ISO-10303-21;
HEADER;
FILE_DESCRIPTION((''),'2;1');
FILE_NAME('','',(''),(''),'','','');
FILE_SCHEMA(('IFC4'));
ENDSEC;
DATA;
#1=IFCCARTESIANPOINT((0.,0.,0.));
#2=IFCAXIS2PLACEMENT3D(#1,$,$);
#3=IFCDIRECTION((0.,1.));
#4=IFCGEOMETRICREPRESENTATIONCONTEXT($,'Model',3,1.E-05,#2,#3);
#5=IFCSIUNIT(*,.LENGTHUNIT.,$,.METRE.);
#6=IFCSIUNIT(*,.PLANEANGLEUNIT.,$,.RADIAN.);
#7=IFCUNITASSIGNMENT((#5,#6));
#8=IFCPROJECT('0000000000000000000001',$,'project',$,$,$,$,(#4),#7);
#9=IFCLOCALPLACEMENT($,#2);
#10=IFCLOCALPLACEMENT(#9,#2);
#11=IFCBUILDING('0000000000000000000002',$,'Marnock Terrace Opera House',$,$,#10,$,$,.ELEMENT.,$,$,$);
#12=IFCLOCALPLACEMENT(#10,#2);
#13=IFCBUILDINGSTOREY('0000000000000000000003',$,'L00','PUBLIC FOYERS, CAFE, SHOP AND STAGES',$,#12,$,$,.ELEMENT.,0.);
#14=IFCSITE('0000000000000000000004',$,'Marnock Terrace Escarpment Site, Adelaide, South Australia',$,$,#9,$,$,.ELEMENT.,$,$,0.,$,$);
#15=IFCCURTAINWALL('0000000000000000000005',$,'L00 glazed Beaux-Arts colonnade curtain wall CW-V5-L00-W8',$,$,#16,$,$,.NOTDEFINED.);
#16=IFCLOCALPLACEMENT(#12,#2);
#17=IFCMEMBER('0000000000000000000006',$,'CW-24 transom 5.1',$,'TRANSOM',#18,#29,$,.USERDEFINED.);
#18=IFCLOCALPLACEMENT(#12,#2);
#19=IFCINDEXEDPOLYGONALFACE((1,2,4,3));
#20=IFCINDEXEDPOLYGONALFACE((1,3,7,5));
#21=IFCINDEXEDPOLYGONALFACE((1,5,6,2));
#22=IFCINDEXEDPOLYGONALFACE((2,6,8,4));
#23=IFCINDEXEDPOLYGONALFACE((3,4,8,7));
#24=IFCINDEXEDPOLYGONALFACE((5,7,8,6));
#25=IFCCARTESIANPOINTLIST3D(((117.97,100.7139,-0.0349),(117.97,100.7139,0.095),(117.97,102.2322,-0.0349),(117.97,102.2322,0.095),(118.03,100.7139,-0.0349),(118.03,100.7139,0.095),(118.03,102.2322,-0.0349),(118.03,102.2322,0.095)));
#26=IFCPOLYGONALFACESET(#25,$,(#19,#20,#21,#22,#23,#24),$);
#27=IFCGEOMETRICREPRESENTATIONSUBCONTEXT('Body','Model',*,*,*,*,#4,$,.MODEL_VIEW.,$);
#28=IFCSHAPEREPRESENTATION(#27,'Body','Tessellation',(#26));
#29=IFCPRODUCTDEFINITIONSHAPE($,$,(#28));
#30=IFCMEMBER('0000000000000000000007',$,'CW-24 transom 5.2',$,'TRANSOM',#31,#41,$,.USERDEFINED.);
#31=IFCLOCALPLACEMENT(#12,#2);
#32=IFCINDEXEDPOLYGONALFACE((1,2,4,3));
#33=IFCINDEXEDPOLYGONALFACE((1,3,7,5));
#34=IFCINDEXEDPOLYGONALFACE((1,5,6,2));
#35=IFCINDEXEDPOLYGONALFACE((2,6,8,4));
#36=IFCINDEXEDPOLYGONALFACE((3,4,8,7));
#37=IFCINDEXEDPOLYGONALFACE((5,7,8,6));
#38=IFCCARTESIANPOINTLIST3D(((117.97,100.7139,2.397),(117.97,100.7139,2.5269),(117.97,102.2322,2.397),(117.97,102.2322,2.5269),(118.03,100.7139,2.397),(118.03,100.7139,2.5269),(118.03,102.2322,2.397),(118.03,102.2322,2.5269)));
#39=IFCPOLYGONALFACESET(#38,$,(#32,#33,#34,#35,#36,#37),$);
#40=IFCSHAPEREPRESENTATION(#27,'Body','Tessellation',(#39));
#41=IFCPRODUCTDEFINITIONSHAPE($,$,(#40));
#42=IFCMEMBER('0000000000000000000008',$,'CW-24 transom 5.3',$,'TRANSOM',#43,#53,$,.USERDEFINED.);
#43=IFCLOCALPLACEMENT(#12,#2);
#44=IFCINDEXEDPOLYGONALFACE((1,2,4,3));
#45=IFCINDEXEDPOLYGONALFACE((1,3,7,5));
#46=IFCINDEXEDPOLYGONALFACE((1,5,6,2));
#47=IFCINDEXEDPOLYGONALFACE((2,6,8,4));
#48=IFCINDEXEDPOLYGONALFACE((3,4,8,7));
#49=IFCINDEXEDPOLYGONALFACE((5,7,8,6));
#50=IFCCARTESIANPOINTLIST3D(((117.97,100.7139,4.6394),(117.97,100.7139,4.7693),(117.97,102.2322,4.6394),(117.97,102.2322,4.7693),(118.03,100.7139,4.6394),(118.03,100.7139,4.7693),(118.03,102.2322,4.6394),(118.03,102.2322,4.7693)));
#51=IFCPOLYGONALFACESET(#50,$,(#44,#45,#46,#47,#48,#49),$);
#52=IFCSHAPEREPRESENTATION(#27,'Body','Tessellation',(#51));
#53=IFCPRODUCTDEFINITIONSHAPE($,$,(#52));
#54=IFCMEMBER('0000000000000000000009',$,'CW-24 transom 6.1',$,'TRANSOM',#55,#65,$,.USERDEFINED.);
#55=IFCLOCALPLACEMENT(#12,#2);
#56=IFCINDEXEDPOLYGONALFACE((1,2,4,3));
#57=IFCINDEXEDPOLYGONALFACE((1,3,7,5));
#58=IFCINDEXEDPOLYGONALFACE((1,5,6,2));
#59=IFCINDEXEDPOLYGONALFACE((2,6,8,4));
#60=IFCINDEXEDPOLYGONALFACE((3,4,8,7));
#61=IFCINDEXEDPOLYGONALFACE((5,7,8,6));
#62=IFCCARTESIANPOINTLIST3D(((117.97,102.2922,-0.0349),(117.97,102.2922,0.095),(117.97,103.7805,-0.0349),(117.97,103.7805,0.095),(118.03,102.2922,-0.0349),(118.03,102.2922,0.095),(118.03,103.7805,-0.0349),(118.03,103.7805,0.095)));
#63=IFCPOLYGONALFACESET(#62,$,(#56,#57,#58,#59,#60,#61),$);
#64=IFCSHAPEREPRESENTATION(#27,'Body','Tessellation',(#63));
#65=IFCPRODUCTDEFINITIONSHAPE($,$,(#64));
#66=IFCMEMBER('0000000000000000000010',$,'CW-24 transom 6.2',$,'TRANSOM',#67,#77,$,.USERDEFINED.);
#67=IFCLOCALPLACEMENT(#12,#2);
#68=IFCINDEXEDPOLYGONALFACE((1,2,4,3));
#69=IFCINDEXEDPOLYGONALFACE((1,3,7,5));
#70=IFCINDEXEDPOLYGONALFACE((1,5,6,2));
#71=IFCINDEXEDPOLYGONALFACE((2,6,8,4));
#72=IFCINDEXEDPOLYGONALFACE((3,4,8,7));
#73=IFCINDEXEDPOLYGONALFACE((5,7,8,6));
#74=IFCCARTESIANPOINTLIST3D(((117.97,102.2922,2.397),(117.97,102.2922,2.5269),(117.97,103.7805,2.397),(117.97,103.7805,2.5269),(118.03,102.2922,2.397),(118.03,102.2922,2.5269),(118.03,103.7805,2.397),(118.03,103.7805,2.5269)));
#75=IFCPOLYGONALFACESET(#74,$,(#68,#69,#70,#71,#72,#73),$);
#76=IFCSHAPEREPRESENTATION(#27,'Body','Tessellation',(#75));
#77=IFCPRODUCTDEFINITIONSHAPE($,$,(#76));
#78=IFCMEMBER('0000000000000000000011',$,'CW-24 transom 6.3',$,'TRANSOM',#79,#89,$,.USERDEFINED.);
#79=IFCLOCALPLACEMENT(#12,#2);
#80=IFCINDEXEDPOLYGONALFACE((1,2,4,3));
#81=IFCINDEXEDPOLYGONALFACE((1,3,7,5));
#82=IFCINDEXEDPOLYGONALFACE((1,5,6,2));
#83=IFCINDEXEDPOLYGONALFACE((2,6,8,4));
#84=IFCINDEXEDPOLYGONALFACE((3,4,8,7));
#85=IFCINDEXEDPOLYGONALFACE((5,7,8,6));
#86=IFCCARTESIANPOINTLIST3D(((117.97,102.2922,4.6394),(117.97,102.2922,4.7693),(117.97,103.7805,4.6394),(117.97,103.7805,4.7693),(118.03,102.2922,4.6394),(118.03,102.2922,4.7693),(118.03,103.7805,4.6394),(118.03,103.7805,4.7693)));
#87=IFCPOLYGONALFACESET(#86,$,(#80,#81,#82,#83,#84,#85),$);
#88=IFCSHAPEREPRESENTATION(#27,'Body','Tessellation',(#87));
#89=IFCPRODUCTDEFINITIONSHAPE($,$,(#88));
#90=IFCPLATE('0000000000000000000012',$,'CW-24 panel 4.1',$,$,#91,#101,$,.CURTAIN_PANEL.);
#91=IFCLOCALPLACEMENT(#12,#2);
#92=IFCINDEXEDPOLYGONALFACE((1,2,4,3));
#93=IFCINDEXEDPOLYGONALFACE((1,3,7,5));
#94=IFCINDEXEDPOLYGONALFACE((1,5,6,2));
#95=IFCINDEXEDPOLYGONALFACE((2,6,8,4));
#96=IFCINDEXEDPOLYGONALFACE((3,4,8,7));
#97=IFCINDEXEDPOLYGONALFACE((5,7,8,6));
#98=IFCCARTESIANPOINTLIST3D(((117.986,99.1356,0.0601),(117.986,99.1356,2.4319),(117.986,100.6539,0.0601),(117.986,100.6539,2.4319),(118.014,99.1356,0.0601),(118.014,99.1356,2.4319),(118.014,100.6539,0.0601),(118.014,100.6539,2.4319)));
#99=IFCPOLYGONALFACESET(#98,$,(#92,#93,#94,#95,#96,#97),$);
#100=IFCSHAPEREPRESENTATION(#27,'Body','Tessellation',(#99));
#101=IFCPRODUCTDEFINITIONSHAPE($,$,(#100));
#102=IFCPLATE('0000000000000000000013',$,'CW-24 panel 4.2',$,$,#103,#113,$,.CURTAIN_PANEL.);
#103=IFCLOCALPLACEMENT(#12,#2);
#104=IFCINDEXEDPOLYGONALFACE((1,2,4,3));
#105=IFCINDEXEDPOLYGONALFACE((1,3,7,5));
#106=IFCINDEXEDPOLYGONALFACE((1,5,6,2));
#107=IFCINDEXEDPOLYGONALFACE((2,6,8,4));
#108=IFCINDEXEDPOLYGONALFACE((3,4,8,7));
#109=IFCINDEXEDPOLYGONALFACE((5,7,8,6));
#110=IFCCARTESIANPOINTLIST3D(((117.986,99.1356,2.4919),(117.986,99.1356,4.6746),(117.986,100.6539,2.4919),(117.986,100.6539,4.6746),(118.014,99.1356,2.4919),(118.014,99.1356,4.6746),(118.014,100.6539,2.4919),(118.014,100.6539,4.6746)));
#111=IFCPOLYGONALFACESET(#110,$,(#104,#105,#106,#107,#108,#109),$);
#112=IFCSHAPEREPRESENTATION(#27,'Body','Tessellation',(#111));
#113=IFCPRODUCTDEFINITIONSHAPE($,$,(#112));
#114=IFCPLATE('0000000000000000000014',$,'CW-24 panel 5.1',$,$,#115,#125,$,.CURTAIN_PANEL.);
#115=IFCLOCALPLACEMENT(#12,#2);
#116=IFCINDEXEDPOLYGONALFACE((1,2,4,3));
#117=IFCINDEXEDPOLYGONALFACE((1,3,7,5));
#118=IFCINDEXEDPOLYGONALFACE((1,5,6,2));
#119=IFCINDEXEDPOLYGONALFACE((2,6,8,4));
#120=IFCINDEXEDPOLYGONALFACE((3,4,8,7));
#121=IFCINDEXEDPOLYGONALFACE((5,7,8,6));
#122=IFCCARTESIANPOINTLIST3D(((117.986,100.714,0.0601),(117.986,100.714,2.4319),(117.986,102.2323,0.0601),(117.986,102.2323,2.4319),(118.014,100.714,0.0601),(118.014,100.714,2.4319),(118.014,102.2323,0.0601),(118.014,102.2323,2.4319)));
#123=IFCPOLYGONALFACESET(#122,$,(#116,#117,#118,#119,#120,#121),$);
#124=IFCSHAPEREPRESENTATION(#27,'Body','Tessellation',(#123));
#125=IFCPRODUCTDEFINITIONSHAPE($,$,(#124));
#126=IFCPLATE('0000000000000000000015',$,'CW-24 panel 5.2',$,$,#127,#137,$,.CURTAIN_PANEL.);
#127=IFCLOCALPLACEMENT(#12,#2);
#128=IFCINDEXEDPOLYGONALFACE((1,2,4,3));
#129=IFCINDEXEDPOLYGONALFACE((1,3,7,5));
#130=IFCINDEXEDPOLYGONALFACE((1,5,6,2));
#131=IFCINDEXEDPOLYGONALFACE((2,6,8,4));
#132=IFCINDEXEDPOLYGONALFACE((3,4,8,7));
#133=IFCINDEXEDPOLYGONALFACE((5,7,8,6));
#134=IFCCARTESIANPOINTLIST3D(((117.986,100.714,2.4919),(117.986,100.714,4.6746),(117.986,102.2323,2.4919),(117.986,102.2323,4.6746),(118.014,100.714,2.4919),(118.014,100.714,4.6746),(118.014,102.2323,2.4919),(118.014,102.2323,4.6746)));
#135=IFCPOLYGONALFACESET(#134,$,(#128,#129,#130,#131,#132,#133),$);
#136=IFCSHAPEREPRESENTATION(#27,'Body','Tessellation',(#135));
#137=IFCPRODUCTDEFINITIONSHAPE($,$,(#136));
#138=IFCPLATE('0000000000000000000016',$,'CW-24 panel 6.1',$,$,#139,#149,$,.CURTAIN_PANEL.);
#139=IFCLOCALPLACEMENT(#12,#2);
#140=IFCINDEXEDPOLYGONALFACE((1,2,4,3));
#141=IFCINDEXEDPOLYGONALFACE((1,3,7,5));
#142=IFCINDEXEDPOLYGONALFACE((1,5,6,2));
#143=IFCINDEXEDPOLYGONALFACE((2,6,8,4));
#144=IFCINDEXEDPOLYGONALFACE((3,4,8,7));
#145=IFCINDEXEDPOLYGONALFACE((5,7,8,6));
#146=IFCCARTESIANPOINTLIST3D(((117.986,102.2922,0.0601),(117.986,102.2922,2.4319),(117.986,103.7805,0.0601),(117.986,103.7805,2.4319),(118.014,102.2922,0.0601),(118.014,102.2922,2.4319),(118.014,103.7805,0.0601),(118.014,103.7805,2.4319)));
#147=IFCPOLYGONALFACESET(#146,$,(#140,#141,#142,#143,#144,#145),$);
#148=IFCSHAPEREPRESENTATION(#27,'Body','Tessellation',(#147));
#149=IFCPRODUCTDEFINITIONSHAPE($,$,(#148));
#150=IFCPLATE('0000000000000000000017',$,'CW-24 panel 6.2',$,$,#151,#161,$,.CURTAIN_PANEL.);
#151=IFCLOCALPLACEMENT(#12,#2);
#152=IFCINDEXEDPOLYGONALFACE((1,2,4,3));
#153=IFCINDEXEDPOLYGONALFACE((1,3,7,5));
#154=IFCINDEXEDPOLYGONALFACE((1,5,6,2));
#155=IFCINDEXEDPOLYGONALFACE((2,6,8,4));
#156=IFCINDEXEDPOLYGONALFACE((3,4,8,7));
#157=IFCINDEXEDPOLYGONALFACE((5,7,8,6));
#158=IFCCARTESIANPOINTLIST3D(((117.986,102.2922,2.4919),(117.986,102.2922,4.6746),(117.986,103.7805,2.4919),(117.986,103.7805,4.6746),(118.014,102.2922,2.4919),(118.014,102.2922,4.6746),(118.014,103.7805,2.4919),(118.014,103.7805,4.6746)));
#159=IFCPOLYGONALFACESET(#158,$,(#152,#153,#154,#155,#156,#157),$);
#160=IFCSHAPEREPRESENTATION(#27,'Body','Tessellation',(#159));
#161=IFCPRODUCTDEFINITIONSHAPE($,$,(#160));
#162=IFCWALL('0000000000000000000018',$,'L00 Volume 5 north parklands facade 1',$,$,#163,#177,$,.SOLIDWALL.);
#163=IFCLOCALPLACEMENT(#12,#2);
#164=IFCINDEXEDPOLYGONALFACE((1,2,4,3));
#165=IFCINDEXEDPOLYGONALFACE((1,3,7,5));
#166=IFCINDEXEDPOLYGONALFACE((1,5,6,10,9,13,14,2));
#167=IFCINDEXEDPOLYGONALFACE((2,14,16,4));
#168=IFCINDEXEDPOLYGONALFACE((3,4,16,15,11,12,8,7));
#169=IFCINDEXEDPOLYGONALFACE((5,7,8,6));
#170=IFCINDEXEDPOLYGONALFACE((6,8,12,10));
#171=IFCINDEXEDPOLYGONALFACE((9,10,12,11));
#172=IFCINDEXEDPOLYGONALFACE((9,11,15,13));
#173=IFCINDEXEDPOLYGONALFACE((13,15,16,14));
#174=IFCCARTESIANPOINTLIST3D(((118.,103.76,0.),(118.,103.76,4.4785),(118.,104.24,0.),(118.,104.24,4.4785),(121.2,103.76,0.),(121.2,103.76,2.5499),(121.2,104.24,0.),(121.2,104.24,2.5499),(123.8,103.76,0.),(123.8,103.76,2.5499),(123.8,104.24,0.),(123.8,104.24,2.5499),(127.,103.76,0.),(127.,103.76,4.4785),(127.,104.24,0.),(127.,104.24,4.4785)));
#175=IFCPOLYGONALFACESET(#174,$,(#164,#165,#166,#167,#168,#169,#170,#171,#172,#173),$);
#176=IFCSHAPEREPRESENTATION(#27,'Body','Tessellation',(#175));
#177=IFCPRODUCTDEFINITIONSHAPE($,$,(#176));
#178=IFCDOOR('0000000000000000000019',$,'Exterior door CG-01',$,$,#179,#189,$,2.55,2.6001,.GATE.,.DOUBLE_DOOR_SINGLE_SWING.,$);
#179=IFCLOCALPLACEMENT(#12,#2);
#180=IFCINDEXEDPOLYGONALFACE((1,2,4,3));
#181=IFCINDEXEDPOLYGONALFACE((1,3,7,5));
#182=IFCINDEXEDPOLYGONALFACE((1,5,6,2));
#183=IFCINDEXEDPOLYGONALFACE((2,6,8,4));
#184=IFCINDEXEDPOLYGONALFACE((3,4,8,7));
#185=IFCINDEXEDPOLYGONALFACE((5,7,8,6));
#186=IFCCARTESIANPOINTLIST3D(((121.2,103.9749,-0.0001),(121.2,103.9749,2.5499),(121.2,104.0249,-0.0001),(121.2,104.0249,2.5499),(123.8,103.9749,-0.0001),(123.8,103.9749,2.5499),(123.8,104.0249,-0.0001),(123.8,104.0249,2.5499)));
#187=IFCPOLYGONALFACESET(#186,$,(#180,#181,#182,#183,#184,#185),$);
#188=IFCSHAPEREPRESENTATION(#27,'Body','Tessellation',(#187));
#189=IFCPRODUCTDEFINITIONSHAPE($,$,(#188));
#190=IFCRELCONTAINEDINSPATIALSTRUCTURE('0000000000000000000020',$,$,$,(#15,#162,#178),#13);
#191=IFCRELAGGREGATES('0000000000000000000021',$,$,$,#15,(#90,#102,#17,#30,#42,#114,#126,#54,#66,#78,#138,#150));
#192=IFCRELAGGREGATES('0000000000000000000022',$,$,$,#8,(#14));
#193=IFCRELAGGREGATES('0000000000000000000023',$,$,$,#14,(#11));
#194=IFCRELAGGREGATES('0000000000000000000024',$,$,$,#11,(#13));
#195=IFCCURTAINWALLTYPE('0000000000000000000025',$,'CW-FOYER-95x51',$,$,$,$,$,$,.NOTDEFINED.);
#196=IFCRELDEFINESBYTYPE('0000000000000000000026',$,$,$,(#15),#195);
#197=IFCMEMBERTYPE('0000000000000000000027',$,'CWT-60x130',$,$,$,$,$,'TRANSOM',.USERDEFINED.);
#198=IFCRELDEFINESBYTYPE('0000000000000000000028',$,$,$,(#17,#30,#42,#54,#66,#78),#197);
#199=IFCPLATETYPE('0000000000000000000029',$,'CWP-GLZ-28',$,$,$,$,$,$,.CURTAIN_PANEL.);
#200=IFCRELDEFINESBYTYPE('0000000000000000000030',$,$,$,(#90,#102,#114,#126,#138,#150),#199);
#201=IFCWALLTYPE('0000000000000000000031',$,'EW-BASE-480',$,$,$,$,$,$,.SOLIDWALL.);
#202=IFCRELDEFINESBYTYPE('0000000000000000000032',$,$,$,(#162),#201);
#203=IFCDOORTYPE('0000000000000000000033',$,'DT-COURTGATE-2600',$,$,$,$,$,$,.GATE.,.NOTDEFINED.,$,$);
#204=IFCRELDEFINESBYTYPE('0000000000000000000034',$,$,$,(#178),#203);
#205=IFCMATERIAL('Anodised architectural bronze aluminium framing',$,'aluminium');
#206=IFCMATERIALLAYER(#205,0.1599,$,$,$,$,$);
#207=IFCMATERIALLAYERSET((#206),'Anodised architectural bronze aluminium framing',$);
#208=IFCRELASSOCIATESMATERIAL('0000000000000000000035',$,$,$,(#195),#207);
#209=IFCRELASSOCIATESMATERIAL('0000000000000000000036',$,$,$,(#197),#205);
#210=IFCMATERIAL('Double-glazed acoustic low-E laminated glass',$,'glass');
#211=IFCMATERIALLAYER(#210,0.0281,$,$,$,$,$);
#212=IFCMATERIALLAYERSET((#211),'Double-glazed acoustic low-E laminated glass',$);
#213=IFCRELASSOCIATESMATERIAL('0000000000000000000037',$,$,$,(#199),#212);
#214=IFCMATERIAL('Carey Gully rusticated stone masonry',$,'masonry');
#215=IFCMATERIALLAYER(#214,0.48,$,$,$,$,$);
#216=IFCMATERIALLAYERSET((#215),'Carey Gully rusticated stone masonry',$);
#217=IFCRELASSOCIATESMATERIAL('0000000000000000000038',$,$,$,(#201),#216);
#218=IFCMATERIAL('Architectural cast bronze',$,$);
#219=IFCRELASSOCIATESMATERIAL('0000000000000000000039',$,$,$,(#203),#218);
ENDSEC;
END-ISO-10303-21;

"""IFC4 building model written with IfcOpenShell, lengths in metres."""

from ifc_helpers import new_model, si_unit, direction, frame, frame_2d, origin, origin_2d, place, context, subcontext, project, spatial, rectangle, extrude, material, layer, layer_set, material_profile, profile_set, type_object, element, fill, aggregate, save


model = new_model("IFC4")

# Units and contexts
model_context = context("Model", 3, precision=1e-05, world=origin(), true_north=direction((0.0, 1.0)))
body_context = subcontext(model_context, "Body", "Model", "MODEL_VIEW")
ifc_project = project(units=[si_unit("LENGTHUNIT", "METRE"), si_unit("PLANEANGLEUNIT", "RADIAN")], contexts=[model_context])

# Site, building, storey
site_placement = place(None, origin())
site = spatial("IfcSite", under=ifc_project, at=site_placement, Name="Marnock Terrace Escarpment Site, Adelaide, South Australia", CompositionType="ELEMENT", RefElevation=0.0)
building_placement = place(site_placement, origin())
building = spatial("IfcBuilding", under=site, at=building_placement, Name="Marnock Terrace Opera House", CompositionType="ELEMENT")
storey_placement = place(building_placement, origin())
storey = spatial("IfcBuildingStorey", under=building, at=storey_placement, Name="L00", Description="PUBLIC FOYERS, CAFE, SHOP AND STAGES", CompositionType="ELEMENT", Elevation=0.0)

# Curtain wall, members, plates
ifc_material_1 = material(Name="Anodised architectural bronze aluminium framing", Category="aluminium")
ifc_layer_1 = layer(ifc_material_1, 0.1599)
ifc_layer_set_1 = layer_set([ifc_layer_1], Name="Anodised architectural bronze aluminium framing")
curtain_wall_type = type_object("IfcCurtainWallType", Name="CW-FOYER-95x51", PredefinedType="NOTDEFINED", material=ifc_layer_set_1)
curtain_wall_placement = place(storey_placement, origin())
curtain_wall = element("IfcCurtainWall", 1, at=curtain_wall_placement, inside=storey, type_object=curtain_wall_type, Name="L00 glazed Beaux-Arts colonnade curtain wall CW-V5-L00-W8", PredefinedType="NOTDEFINED")
ifc_material_profile_1 = material_profile(ifc_material_1, rectangle(XDim=0.0601, YDim=0.1299, at=origin_2d()))
ifc_profile_set_1 = profile_set([ifc_material_profile_1], Name="Anodised architectural bronze aluminium framing")
member_type_1 = type_object("IfcMemberType", Name="CWT-60x130", ElementType="TRANSOM", PredefinedType="USERDEFINED", material=ifc_profile_set_1)
member_1_placement = place(storey_placement, frame((118.0, 100.7139, 0.03), z_axis=(0.0, 1.0, 0.0), x_axis=(-1.0, 0.0, 0.0)))
member_1 = element("IfcMember", 2, at=member_1_placement, type_object=member_type_1, Name="CW-24 transom 5.1", ObjectType="TRANSOM", PredefinedType="USERDEFINED", context=body_context, shape_type="SweptSolid", body=[
    extrude(rectangle(XDim=0.0601, YDim=0.1299, at=origin_2d()), origin(), (0.0, 0.0, 1.0), 1.5183),
])
member_2_placement = place(storey_placement, frame((118.0, 100.7139, 2.4619), z_axis=(0.0, 1.0, 0.0), x_axis=(-1.0, 0.0, 0.0)))
member_2 = element("IfcMember", 3, at=member_2_placement, type_object=member_type_1, Name="CW-24 transom 5.2", ObjectType="TRANSOM", PredefinedType="USERDEFINED", context=body_context, shape_type="SweptSolid", body=[
    extrude(rectangle(XDim=0.0601, YDim=0.1299, at=origin_2d()), origin(), (0.0, 0.0, 1.0), 1.5183),
])
member_3_placement = place(storey_placement, frame((118.0, 100.7139, 4.7043), z_axis=(0.0, 1.0, 0.0), x_axis=(-1.0, 0.0, 0.0)))
member_3 = element("IfcMember", 4, at=member_3_placement, type_object=member_type_1, Name="CW-24 transom 5.3", ObjectType="TRANSOM", PredefinedType="USERDEFINED", context=body_context, shape_type="SweptSolid", body=[
    extrude(rectangle(XDim=0.0601, YDim=0.1299, at=origin_2d()), origin(), (0.0, 0.0, 1.0), 1.5183),
])
member_4_placement = place(storey_placement, frame((118.0, 102.2922, 0.03), z_axis=(0.0, 1.0, 0.0), x_axis=(-1.0, 0.0, 0.0)))
member_4 = element("IfcMember", 5, at=member_4_placement, type_object=member_type_1, Name="CW-24 transom 6.1", ObjectType="TRANSOM", PredefinedType="USERDEFINED", context=body_context, shape_type="SweptSolid", body=[
    extrude(rectangle(XDim=0.0601, YDim=0.1299, at=origin_2d()), origin(), (0.0, 0.0, 1.0), 1.4883),
])
member_5_placement = place(storey_placement, frame((118.0, 102.2922, 2.4619), z_axis=(0.0, 1.0, 0.0), x_axis=(-1.0, 0.0, 0.0)))
member_5 = element("IfcMember", 6, at=member_5_placement, type_object=member_type_1, Name="CW-24 transom 6.2", ObjectType="TRANSOM", PredefinedType="USERDEFINED", context=body_context, shape_type="SweptSolid", body=[
    extrude(rectangle(XDim=0.0601, YDim=0.1299, at=origin_2d()), origin(), (0.0, 0.0, 1.0), 1.4883),
])
member_6_placement = place(storey_placement, frame((118.0, 102.2922, 4.7043), z_axis=(0.0, 1.0, 0.0), x_axis=(-1.0, 0.0, 0.0)))
member_6 = element("IfcMember", 7, at=member_6_placement, type_object=member_type_1, Name="CW-24 transom 6.3", ObjectType="TRANSOM", PredefinedType="USERDEFINED", context=body_context, shape_type="SweptSolid", body=[
    extrude(rectangle(XDim=0.0601, YDim=0.1299, at=origin_2d()), origin(), (0.0, 0.0, 1.0), 1.4883),
])
ifc_material_2 = material(Name="Double-glazed acoustic low-E laminated glass", Category="glass")
ifc_layer_2 = layer(ifc_material_2, 0.0281)
ifc_layer_set_2 = layer_set([ifc_layer_2], Name="Double-glazed acoustic low-E laminated glass")
plate_type = type_object("IfcPlateType", Name="CWP-GLZ-28", PredefinedType="CURTAIN_PANEL", material=ifc_layer_set_2)
plate_1_placement = place(storey_placement, frame((118.0, 99.8948, 0.0601), z_axis=(0.0, 0.0, 1.0), x_axis=(0.0, 1.0, 0.0)))
plate_1 = element("IfcPlate", 8, at=plate_1_placement, type_object=plate_type, Name="CW-24 panel 4.1", PredefinedType="CURTAIN_PANEL", context=body_context, shape_type="SweptSolid", body=[
    extrude(rectangle(XDim=1.5183, YDim=0.0281, at=origin_2d()), origin(), (0.0, 0.0, 1.0), 2.3718),
])
plate_2_placement = place(storey_placement, frame((118.0, 99.8948, 2.4919), z_axis=(0.0, 0.0, 1.0), x_axis=(0.0, 1.0, 0.0)))
plate_2 = element("IfcPlate", 9, at=plate_2_placement, type_object=plate_type, Name="CW-24 panel 4.2", PredefinedType="CURTAIN_PANEL", context=body_context, shape_type="SweptSolid", body=[
    extrude(rectangle(XDim=1.5183, YDim=0.0281, at=origin_2d()), origin(), (0.0, 0.0, 1.0), 2.1826),
])
plate_3_placement = place(storey_placement, frame((118.0, 101.4731, 0.0601), z_axis=(0.0, 0.0, 1.0), x_axis=(0.0, 1.0, 0.0)))
plate_3 = element("IfcPlate", 10, at=plate_3_placement, type_object=plate_type, Name="CW-24 panel 5.1", PredefinedType="CURTAIN_PANEL", context=body_context, shape_type="SweptSolid", body=[
    extrude(rectangle(XDim=1.5183, YDim=0.0281, at=origin_2d()), origin(), (0.0, 0.0, 1.0), 2.3718),
])
plate_4_placement = place(storey_placement, frame((118.0, 101.4731, 2.4919), z_axis=(0.0, 0.0, 1.0), x_axis=(0.0, 1.0, 0.0)))
plate_4 = element("IfcPlate", 11, at=plate_4_placement, type_object=plate_type, Name="CW-24 panel 5.2", PredefinedType="CURTAIN_PANEL", context=body_context, shape_type="SweptSolid", body=[
    extrude(rectangle(XDim=1.5183, YDim=0.0281, at=origin_2d()), origin(), (0.0, 0.0, 1.0), 2.1826),
])
plate_5_placement = place(storey_placement, frame((118.0, 103.0364, 0.0601), z_axis=(0.0, 0.0, 1.0), x_axis=(0.0, 1.0, 0.0)))
plate_5 = element("IfcPlate", 12, at=plate_5_placement, type_object=plate_type, Name="CW-24 panel 6.1", PredefinedType="CURTAIN_PANEL", context=body_context, shape_type="SweptSolid", body=[
    extrude(rectangle(XDim=1.4883, YDim=0.0281, at=origin_2d()), origin(), (0.0, 0.0, 1.0), 2.3718),
])
plate_6_placement = place(storey_placement, frame((118.0, 103.0364, 2.4919), z_axis=(0.0, 0.0, 1.0), x_axis=(0.0, 1.0, 0.0)))
plate_6 = element("IfcPlate", 13, at=plate_6_placement, type_object=plate_type, Name="CW-24 panel 6.2", PredefinedType="CURTAIN_PANEL", context=body_context, shape_type="SweptSolid", body=[
    extrude(rectangle(XDim=1.4883, YDim=0.0281, at=origin_2d()), origin(), (0.0, 0.0, 1.0), 2.1826),
])
aggregate(curtain_wall, [plate_1, plate_2, member_1, member_2, member_3, plate_3, plate_4, member_4, member_5, member_6, plate_5, plate_6])

# Wall, opening, door
ifc_material_3 = material(Name="Carey Gully rusticated stone masonry", Category="masonry")
ifc_layer_3 = layer(ifc_material_3, 0.48)
ifc_layer_set_3 = layer_set([ifc_layer_3], Name="Carey Gully rusticated stone masonry")
wall_type = type_object("IfcWallType", Name="EW-BASE-480", PredefinedType="SOLIDWALL", material=ifc_layer_set_3)
wall_placement = place(storey_placement, frame((118.0, 104.0, 0.0), z_axis=(0.0, 0.0, 1.0), x_axis=(1.0, 0.0, 0.0)))
wall = element("IfcWall", 14, at=wall_placement, inside=storey, type_object=wall_type, Name="L00 Volume 5 north parklands facade 1", PredefinedType="SOLIDWALL", context=body_context, shape_type="SweptSolid", body=[
    extrude(rectangle(XDim=9.0, YDim=0.48, at=frame_2d((4.5, 0.0))), origin(), (0.0, 0.0, 1.0), 4.4785),
])
opening_placement = place(wall_placement, frame((3.2, 0.0, 0.0)))
opening = element("IfcOpeningElement", 15, at=opening_placement, cuts=wall, PredefinedType="OPENING", context=body_context, shape_type="SweptSolid", body=[
    extrude(rectangle(XDim=2.6001, YDim=2.55, at=frame_2d((1.3, 1.2749))), frame((0.0, 0.25, 0.0), z_axis=(0.0, -1.0, 0.0), x_axis=(1.0, 0.0, 0.0)), (0.0, 0.0, 1.0), 0.5),
])
ifc_material_4 = material(Name="Architectural cast bronze")
door_type = type_object("IfcDoorType", Name="DT-COURTGATE-2600", OperationType="NOTDEFINED", PredefinedType="GATE", material=ifc_material_4)
door_placement = place(opening_placement, origin())
door = element("IfcDoor", 16, at=door_placement, inside=storey, type_object=door_type, Name="Exterior door CG-01", OperationType="DOUBLE_DOOR_SINGLE_SWING", OverallHeight=2.55, OverallWidth=2.6001, PredefinedType="GATE", context=body_context, shape_type="SweptSolid", body=[
    extrude(rectangle(XDim=2.6001, YDim=2.55, at=frame_2d((1.3, 1.2749))), frame((0.0, 0.0249, 0.0), z_axis=(0.0, -1.0, 0.0), x_axis=(1.0, 0.0, 0.0)), (0.0, 0.0, 1.0), 0.05),
])
fill(opening, door)

save(model, "model.ifc")
